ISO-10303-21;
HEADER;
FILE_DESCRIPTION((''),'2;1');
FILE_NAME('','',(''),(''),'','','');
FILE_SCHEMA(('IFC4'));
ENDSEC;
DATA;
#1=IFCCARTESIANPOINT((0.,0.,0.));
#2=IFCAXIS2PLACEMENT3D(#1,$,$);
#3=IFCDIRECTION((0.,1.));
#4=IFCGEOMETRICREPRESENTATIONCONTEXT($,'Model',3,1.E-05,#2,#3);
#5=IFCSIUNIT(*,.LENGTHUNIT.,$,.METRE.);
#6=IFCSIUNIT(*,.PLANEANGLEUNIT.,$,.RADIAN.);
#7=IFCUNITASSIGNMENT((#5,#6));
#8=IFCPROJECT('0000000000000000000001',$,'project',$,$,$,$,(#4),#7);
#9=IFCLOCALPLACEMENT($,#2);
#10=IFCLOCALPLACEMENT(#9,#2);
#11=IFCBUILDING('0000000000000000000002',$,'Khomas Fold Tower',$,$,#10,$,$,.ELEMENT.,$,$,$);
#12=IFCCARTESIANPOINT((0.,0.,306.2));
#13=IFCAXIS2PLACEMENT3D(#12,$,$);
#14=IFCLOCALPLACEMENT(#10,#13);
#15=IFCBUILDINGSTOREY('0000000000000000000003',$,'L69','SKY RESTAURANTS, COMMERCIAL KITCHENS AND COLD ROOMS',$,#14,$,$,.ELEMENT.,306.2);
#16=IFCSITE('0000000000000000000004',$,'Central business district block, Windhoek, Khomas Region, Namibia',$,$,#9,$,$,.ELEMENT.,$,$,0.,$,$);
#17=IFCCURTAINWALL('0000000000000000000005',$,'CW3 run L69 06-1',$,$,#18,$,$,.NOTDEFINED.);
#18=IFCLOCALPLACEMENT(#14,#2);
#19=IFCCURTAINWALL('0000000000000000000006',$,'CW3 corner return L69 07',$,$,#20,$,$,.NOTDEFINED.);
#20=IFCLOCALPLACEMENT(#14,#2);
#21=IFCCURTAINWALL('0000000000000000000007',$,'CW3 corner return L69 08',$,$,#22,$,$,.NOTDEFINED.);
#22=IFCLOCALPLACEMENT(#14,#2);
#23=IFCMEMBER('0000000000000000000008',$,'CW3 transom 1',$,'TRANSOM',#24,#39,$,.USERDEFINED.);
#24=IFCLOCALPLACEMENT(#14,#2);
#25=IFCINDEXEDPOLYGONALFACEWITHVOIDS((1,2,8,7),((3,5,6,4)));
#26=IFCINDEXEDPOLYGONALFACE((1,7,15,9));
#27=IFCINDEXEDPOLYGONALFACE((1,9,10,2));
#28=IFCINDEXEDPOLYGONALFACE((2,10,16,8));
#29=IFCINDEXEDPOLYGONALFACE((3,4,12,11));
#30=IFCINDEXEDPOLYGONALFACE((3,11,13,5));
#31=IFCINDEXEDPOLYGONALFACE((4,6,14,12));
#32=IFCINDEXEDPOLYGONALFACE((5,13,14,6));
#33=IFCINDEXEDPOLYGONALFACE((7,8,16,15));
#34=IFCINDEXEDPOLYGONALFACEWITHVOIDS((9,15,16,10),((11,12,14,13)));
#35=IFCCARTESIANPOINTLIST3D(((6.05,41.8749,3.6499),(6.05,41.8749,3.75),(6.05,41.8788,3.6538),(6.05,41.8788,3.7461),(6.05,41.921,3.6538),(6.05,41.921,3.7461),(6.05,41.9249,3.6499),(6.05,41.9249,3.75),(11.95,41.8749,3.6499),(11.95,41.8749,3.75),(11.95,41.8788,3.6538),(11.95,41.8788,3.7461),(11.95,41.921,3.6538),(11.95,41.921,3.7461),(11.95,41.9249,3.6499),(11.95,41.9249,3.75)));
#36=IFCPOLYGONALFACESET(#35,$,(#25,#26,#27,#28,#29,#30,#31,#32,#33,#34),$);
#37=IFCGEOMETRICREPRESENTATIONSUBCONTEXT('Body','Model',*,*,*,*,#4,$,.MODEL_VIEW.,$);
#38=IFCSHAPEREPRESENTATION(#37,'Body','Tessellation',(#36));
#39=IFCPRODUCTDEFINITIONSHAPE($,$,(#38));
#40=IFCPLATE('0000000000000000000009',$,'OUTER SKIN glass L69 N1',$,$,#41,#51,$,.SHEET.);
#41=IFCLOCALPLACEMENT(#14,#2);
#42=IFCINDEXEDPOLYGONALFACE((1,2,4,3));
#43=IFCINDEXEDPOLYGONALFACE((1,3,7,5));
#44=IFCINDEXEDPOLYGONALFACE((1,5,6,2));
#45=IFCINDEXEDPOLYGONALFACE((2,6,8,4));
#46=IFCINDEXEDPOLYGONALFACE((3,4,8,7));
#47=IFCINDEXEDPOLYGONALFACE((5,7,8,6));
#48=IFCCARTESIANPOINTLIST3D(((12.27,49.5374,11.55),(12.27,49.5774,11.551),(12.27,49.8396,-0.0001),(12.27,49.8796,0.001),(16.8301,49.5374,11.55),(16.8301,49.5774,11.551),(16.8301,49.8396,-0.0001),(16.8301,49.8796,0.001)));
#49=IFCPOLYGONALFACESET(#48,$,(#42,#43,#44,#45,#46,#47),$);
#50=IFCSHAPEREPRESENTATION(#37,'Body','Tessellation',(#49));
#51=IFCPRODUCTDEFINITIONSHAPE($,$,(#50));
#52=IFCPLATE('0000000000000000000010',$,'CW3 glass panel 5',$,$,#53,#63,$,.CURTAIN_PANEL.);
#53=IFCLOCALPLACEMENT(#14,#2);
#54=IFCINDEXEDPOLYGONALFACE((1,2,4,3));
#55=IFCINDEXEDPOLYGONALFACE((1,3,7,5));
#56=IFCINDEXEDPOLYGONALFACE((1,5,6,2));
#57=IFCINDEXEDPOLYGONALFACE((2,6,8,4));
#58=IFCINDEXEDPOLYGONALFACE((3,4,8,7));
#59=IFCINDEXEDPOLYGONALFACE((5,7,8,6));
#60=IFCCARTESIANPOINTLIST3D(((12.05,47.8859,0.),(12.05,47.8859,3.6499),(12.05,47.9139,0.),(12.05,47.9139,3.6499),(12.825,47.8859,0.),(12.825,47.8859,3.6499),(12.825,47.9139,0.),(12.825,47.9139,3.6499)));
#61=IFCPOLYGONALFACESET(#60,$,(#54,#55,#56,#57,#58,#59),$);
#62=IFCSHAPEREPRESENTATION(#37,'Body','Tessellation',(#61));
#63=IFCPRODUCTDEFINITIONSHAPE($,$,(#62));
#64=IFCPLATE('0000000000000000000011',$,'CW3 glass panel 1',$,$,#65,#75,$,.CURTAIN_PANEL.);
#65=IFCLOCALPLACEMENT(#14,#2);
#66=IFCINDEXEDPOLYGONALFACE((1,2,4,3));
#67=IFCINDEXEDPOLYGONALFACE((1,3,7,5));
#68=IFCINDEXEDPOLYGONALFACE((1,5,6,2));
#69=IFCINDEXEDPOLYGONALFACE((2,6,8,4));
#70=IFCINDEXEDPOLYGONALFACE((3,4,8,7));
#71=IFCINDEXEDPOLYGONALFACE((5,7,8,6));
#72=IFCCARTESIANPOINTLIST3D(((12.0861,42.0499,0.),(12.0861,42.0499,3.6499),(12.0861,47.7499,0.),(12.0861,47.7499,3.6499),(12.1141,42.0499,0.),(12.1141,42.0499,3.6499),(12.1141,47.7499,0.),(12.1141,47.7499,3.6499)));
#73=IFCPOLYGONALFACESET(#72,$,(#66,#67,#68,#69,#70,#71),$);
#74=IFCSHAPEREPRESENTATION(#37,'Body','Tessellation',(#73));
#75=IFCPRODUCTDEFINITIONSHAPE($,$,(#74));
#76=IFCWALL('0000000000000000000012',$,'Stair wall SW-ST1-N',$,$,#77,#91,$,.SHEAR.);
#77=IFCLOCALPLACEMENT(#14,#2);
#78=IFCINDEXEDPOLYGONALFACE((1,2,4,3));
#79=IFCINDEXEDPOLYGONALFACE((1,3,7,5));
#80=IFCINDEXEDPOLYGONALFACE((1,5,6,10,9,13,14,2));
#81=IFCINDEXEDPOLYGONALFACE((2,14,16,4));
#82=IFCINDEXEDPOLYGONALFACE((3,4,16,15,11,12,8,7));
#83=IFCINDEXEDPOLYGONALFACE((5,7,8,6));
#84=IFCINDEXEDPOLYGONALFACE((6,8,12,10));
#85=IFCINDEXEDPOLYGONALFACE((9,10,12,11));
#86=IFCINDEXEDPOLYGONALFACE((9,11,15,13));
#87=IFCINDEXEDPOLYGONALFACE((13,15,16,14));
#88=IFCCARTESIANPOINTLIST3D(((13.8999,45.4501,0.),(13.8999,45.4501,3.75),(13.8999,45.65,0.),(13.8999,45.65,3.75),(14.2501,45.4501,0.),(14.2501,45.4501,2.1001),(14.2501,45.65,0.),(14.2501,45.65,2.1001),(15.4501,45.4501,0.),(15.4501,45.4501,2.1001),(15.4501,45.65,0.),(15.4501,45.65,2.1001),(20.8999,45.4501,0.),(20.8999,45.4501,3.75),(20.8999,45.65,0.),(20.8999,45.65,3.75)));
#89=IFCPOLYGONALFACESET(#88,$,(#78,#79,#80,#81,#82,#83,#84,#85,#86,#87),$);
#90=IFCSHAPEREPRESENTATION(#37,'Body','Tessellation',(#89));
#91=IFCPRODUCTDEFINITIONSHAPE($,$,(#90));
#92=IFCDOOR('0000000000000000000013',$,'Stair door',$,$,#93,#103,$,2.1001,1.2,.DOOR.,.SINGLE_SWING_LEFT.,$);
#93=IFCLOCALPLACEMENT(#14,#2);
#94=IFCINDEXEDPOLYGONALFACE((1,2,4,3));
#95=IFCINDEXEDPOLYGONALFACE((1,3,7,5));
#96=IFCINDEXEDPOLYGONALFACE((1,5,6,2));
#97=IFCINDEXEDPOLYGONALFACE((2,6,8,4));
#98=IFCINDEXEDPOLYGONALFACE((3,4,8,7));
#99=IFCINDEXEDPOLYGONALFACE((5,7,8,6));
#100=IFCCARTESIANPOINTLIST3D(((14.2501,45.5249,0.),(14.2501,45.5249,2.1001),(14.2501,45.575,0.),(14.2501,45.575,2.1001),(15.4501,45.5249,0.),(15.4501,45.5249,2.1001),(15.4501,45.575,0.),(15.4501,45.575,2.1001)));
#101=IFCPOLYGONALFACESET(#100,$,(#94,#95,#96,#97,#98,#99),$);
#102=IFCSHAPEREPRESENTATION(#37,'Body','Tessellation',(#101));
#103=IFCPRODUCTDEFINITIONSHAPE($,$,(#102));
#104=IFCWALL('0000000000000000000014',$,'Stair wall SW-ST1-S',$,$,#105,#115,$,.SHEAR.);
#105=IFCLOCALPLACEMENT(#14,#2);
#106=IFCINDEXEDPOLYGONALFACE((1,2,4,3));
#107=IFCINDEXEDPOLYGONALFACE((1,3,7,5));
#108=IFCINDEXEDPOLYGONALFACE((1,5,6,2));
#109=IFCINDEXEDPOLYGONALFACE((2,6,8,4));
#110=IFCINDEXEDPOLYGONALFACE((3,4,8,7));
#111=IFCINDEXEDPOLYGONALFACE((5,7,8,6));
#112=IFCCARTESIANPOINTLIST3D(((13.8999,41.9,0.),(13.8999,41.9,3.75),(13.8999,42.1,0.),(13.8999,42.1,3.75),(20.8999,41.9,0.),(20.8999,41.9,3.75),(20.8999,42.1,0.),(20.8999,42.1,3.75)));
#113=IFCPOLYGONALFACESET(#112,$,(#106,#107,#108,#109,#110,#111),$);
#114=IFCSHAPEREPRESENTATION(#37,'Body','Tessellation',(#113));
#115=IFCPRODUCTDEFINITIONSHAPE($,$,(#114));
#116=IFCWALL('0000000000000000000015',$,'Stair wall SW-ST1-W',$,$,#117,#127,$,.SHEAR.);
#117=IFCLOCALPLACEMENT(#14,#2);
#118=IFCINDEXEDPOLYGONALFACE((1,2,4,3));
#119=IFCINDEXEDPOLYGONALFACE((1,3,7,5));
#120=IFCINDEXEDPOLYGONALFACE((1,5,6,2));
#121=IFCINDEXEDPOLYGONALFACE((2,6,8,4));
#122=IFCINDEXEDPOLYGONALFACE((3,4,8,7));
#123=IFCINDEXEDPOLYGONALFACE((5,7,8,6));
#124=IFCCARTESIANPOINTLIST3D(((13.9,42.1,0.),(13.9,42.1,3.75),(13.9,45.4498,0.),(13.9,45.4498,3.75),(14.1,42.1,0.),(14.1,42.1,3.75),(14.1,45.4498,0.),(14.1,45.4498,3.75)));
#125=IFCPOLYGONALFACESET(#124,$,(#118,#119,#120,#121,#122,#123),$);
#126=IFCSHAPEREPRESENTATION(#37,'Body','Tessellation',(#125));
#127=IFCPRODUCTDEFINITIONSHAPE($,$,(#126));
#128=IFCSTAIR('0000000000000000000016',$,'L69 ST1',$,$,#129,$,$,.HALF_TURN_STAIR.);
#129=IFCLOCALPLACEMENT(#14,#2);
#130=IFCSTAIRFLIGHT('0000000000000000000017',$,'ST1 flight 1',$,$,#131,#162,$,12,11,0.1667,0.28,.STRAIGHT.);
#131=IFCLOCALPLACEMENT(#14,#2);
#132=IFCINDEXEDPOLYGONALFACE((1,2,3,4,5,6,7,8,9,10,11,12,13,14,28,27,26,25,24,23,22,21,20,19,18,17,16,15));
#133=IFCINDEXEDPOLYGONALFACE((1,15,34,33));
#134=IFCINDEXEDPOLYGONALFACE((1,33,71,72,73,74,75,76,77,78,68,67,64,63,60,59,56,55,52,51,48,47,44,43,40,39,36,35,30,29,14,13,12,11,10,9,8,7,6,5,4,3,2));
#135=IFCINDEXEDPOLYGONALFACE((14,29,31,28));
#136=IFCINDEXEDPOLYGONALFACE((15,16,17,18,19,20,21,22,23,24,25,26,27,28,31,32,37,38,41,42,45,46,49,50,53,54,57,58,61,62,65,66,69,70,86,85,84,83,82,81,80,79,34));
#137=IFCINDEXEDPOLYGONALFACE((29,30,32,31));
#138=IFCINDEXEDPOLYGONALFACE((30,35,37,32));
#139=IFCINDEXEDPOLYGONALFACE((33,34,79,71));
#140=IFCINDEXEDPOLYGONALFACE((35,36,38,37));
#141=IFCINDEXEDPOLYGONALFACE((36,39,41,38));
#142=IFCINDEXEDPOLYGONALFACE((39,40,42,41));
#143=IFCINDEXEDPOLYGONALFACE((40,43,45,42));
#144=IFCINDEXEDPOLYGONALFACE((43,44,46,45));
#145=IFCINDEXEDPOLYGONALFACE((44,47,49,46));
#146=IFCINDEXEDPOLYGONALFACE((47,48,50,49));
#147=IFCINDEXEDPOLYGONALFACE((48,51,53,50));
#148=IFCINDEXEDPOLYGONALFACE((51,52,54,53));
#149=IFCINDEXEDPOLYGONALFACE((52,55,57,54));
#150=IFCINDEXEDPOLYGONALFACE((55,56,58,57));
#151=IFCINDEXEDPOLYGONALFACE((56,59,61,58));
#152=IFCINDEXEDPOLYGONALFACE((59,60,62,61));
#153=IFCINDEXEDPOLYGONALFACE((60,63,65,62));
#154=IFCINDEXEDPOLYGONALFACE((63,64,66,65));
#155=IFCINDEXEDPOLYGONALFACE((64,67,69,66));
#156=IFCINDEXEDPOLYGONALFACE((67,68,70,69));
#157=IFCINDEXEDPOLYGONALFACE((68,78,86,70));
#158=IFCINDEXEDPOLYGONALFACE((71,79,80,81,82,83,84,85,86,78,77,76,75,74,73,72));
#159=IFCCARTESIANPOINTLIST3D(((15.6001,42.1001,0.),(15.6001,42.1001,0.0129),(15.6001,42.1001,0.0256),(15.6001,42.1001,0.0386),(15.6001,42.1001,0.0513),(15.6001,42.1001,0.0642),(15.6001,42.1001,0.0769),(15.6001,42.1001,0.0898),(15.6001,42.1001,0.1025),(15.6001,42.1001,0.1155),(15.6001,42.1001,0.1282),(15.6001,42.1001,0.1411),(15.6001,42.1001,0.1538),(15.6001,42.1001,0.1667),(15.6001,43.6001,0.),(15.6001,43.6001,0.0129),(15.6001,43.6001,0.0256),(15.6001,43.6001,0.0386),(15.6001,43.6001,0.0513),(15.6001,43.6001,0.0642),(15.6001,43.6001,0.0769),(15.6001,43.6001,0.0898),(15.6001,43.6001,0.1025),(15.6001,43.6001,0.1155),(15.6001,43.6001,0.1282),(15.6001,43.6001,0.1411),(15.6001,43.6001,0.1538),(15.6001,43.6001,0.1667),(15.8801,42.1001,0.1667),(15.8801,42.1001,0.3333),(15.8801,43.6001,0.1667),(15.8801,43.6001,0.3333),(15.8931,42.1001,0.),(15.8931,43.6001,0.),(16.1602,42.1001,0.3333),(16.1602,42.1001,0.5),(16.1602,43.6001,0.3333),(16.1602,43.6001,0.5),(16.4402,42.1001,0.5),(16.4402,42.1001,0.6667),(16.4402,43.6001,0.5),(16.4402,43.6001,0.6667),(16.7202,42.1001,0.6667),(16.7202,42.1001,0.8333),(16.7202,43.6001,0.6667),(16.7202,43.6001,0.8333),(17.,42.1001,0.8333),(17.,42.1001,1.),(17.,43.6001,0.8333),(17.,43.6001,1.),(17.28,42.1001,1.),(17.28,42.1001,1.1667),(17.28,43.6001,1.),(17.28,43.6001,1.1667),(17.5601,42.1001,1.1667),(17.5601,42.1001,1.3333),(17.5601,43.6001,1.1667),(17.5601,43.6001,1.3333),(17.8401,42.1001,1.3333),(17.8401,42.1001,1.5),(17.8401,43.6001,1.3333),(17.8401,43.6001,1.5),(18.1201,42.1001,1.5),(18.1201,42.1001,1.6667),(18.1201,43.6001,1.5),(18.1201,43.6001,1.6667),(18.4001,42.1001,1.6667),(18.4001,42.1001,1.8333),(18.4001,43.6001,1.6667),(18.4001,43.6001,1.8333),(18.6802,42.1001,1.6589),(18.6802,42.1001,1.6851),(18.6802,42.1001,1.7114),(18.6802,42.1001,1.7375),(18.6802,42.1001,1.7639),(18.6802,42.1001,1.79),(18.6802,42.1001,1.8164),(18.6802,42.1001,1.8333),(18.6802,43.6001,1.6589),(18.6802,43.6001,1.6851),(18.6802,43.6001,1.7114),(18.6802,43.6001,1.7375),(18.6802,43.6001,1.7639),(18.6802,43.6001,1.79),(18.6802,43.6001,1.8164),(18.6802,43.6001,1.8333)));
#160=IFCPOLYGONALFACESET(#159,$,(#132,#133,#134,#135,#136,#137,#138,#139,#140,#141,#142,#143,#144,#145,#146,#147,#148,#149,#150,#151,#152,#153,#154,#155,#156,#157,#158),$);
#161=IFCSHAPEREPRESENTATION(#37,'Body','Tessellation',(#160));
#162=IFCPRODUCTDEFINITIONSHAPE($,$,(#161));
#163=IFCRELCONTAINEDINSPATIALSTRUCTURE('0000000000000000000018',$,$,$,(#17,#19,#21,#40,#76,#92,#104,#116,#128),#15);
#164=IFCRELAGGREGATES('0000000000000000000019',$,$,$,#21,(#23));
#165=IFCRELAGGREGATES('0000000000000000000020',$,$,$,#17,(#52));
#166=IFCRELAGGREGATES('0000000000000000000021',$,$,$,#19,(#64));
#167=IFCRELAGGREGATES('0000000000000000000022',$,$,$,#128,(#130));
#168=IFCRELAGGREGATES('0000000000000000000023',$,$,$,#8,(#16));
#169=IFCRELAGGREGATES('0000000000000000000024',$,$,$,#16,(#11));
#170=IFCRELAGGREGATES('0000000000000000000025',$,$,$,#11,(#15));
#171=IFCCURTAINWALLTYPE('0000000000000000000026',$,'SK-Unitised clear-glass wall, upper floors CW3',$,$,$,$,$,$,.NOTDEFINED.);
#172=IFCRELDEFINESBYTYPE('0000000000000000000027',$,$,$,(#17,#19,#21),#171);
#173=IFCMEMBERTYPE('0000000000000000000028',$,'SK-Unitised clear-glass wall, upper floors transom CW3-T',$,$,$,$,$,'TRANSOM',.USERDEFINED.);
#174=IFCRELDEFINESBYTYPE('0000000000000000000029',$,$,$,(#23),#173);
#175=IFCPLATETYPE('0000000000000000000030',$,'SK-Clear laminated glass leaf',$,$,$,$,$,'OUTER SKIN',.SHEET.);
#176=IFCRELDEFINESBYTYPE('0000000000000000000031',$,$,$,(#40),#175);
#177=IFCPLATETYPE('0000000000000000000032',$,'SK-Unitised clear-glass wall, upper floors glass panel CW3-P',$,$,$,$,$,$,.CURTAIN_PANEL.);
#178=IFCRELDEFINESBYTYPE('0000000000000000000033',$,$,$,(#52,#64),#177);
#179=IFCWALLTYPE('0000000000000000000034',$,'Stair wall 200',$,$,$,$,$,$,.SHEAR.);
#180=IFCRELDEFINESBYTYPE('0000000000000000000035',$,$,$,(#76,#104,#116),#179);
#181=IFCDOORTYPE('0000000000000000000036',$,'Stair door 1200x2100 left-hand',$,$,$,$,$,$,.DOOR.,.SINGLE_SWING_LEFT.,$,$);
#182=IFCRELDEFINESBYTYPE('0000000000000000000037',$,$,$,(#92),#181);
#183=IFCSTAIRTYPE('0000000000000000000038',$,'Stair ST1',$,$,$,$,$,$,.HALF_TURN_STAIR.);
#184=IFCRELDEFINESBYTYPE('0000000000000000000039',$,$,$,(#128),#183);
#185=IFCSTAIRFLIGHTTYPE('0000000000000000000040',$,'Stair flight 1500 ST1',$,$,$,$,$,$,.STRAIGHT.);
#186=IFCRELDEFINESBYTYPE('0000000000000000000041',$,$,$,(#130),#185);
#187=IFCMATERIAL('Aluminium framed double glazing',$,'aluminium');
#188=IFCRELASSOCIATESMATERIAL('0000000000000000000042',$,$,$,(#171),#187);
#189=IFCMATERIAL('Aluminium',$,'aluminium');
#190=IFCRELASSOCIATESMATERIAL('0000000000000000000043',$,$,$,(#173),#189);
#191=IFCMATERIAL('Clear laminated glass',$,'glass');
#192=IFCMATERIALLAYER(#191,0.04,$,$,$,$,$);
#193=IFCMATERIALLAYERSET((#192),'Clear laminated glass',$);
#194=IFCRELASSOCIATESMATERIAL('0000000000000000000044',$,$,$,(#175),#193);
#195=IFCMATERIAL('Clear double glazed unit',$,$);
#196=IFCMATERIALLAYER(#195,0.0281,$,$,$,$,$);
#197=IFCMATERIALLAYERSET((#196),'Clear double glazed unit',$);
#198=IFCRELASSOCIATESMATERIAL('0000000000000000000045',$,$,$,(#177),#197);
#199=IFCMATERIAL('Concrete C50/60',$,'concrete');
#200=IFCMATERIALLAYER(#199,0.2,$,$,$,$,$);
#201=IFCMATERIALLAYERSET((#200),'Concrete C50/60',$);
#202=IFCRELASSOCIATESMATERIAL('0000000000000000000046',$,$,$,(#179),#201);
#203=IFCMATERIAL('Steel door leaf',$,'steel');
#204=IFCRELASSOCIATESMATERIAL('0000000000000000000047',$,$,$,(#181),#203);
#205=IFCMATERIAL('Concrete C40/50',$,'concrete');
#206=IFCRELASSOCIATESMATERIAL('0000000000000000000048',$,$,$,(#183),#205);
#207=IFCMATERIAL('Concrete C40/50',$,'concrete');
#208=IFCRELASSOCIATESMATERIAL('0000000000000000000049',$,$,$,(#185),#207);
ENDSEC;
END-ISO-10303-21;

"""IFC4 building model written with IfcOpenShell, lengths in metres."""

from ifc_helpers import new_model, si_unit, direction, frame, frame_2d, origin, origin_2d, place, context, subcontext, project, spatial, polyline, rectangle, hollow_rectangle, outline, extrude, source, transform, mapped, material, layer, layer_set, material_profile, profile_set, type_object, element, fill, aggregate, save


model = new_model("IFC4")

# Units and contexts
model_context = context("Model", 3, precision=1e-05, world=origin(), true_north=direction((0.0, 1.0)))
body_context = subcontext(model_context, "Body", "Model", "MODEL_VIEW")
ifc_project = project(units=[si_unit("LENGTHUNIT", "METRE"), si_unit("PLANEANGLEUNIT", "RADIAN")], contexts=[model_context])

# Site, building, storey
site_placement = place(None, origin())
site = spatial("IfcSite", under=ifc_project, at=site_placement, Name="Central business district block, Windhoek, Khomas Region, Namibia", CompositionType="ELEMENT", RefElevation=0.0)
building_placement = place(site_placement, origin())
building = spatial("IfcBuilding", under=site, at=building_placement, Name="Khomas Fold Tower", CompositionType="ELEMENT")
storey_placement = place(building_placement, frame((0.0, 0.0, 306.2)))
storey = spatial("IfcBuildingStorey", under=building, at=storey_placement, Name="L69", Description="SKY RESTAURANTS, COMMERCIAL KITCHENS AND COLD ROOMS", CompositionType="ELEMENT", Elevation=306.2)

# Curtain walls
ifc_material_1 = material(Name="Aluminium framed double glazing", Category="aluminium")
curtain_wall_type = type_object("IfcCurtainWallType", Name="SK-Unitised clear-glass wall, upper floors CW3", PredefinedType="NOTDEFINED", material=ifc_material_1)
curtain_wall_1_placement = place(storey_placement, origin())
curtain_wall_1 = element("IfcCurtainWall", 1, at=curtain_wall_1_placement, inside=storey, type_object=curtain_wall_type, Name="CW3 run L69 06-1", PredefinedType="NOTDEFINED")
curtain_wall_2_placement = place(storey_placement, origin())
curtain_wall_2 = element("IfcCurtainWall", 2, at=curtain_wall_2_placement, inside=storey, type_object=curtain_wall_type, Name="CW3 corner return L69 07", PredefinedType="NOTDEFINED")

# Curtain wall
curtain_wall_3_placement = place(storey_placement, origin())
curtain_wall_3 = element("IfcCurtainWall", 3, at=curtain_wall_3_placement, inside=storey, type_object=curtain_wall_type, Name="CW3 corner return L69 08", PredefinedType="NOTDEFINED")

# Member
ifc_material_2 = material(Name="Aluminium", Category="aluminium")
ifc_material_profile_1 = material_profile(ifc_material_2, hollow_rectangle(XDim=0.05, YDim=0.1001, WallThickness=0.0039, at=origin_2d()), Name="SK-Unitised clear-glass wall, upper floors transom CW3-T")
ifc_profile_set_1 = profile_set([ifc_material_profile_1], Name="Aluminium")
member_type_1 = type_object("IfcMemberType", Name="SK-Unitised clear-glass wall, upper floors transom CW3-T", ElementType="TRANSOM", PredefinedType="USERDEFINED", material=ifc_profile_set_1)
shared_shape_1 = source(origin(), body_context, "Body", "SweptSolid", [
    extrude(hollow_rectangle(XDim=0.05, YDim=0.1001, WallThickness=0.0039, at=origin_2d()), origin(), (0.0, 0.0, 1.0), 5.8999),
])
member_1_placement = place(storey_placement, frame((11.95, 41.8999, 3.7), z_axis=(-1.0, 0.0, 0.0), x_axis=(0.0, -1.0, 0.0)))
member_1 = element("IfcMember", 4, at=member_1_placement, type_object=member_type_1, Name="CW3 transom 1", ObjectType="TRANSOM", PredefinedType="USERDEFINED", context=body_context, shape_type="MappedRepresentation", body=[
    mapped(shared_shape_1, transform((0.0, 0.0, 0.0))),
])
aggregate(curtain_wall_3, [member_1])

# Plates
ifc_material_3 = material(Name="Clear laminated glass", Category="glass")
ifc_layer_1 = layer(ifc_material_3, 0.04)
ifc_layer_set_1 = layer_set([ifc_layer_1], Name="Clear laminated glass")
plate_type_1 = type_object("IfcPlateType", Name="SK-Clear laminated glass leaf", ElementType="OUTER SKIN", PredefinedType="SHEET", material=ifc_layer_set_1)
plate_1_placement = place(storey_placement, frame((12.27, 49.8796, 0.001), z_axis=(0.0, 0.999658, 0.026159), x_axis=(1.0, 0.0, 0.0)))
element("IfcPlate", 5, at=plate_1_placement, inside=storey, type_object=plate_type_1, Name="OUTER SKIN glass L69 N1", PredefinedType="SHEET", context=body_context, shape_type="SweptSolid", body=[
    extrude(outline(polyline([(0.0, 0.0), (4.5601, 0.0), (4.5601, -11.554), (0.0, -11.554), (0.0, 0.0)])), origin(), (0.0, 0.0, -1.0), 0.04),
])
ifc_material_4 = material(Name="Clear double glazed unit")
ifc_layer_2 = layer(ifc_material_4, 0.0281)
ifc_layer_set_2 = layer_set([ifc_layer_2], Name="Clear double glazed unit")
plate_type_2 = type_object("IfcPlateType", Name="SK-Unitised clear-glass wall, upper floors glass panel CW3-P", PredefinedType="CURTAIN_PANEL", material=ifc_layer_set_2)
shared_shape_2 = source(origin(), body_context, "Body", "SweptSolid", [
    extrude(rectangle(XDim=0.7749, YDim=0.0281, at=origin_2d()), origin(), (0.0, 0.0, 1.0), 3.6499),
])
plate_2_placement = place(storey_placement, frame((12.4375, 47.8999, 0.0), z_axis=(0.0, 0.0, 1.0), x_axis=(-1.0, 0.0, 0.0)))
plate_2 = element("IfcPlate", 6, at=plate_2_placement, type_object=plate_type_2, Name="CW3 glass panel 5", PredefinedType="CURTAIN_PANEL", context=body_context, shape_type="MappedRepresentation", body=[
    mapped(shared_shape_2, transform((0.0, 0.0, 0.0))),
])
aggregate(curtain_wall_1, [plate_2])
shared_shape_3 = source(origin(), body_context, "Body", "SweptSolid", [
    extrude(rectangle(XDim=5.7, YDim=0.0281, at=origin_2d()), origin(), (0.0, 0.0, 1.0), 3.6499),
])
plate_3_placement = place(storey_placement, frame((12.1001, 44.8999, 0.0), z_axis=(0.0, 0.0, 1.0), x_axis=(0.0, -1.0, 0.0)))
plate_3 = element("IfcPlate", 7, at=plate_3_placement, type_object=plate_type_2, Name="CW3 glass panel 1", PredefinedType="CURTAIN_PANEL", context=body_context, shape_type="MappedRepresentation", body=[
    mapped(shared_shape_3, transform((0.0, 0.0, 0.0))),
])
aggregate(curtain_wall_2, [plate_3])

# Wall, opening, door
ifc_material_5 = material(Name="Concrete C50/60", Category="concrete")
ifc_layer_3 = layer(ifc_material_5, 0.2)
ifc_layer_set_3 = layer_set([ifc_layer_3], Name="Concrete C50/60")
wall_type = type_object("IfcWallType", Name="Stair wall 200", PredefinedType="SHEAR", material=ifc_layer_set_3)
shared_shape_4 = source(origin(), body_context, "Body", "SweptSolid", [
    extrude(rectangle(XDim=7.0, YDim=0.2, at=frame_2d((3.5, 0.0))), origin(), (0.0, 0.0, 1.0), 3.75),
])
wall_1_placement = place(storey_placement, frame((13.8999, 45.55, 0.0), z_axis=(0.0, 0.0, 1.0), x_axis=(1.0, 0.0, 0.0)))
wall_1 = element("IfcWall", 8, at=wall_1_placement, inside=storey, type_object=wall_type, Name="Stair wall SW-ST1-N", PredefinedType="SHEAR", context=body_context, shape_type="MappedRepresentation", body=[
    mapped(shared_shape_4, transform((0.0, 0.0, 0.0))),
])
shared_shape_5 = source(origin(), body_context, "Body", "SweptSolid", [
    extrude(rectangle(XDim=1.2, YDim=2.1001, at=frame_2d((0.6001, 1.05))), frame((0.0, 0.1099, 0.0), z_axis=(0.0, -1.0, 0.0), x_axis=(1.0, 0.0, 0.0)), (0.0, 0.0, 1.0), 0.22),
])
opening_placement = place(wall_1_placement, frame((0.3501, 0.0, 0.0)))
opening = element("IfcOpeningElement", 9, at=opening_placement, cuts=wall_1, PredefinedType="OPENING", context=body_context, shape_type="MappedRepresentation", body=[
    mapped(shared_shape_5, transform((0.0, 0.0, 0.0))),
])
ifc_material_6 = material(Name="Steel door leaf", Category="steel")
door_type = type_object("IfcDoorType", Name="Stair door 1200x2100 left-hand", OperationType="SINGLE_SWING_LEFT", PredefinedType="DOOR", material=ifc_material_6)
shared_shape_6 = source(origin(), body_context, "Body", "SweptSolid", [
    extrude(rectangle(XDim=1.2, YDim=2.1001, at=frame_2d((0.6001, 1.05))), frame((0.0, 0.0249, 0.0), z_axis=(0.0, -1.0, 0.0), x_axis=(1.0, 0.0, 0.0)), (0.0, 0.0, 1.0), 0.05),
])
door_placement = place(opening_placement, origin())
door = element("IfcDoor", 10, at=door_placement, inside=storey, type_object=door_type, Name="Stair door", OperationType="SINGLE_SWING_LEFT", OverallHeight=2.1001, OverallWidth=1.2, PredefinedType="DOOR", context=body_context, shape_type="MappedRepresentation", body=[
    mapped(shared_shape_6, transform((0.0, 0.0, 0.0))),
])
fill(opening, door)

# Walls
wall_2_placement = place(storey_placement, frame((13.8999, 42.0, 0.0), z_axis=(0.0, 0.0, 1.0), x_axis=(1.0, 0.0, 0.0)))
element("IfcWall", 11, at=wall_2_placement, inside=storey, type_object=wall_type, Name="Stair wall SW-ST1-S", PredefinedType="SHEAR", context=body_context, shape_type="MappedRepresentation", body=[
    mapped(shared_shape_4, transform((0.0, 0.0, 0.0))),
])
shared_shape_7 = source(origin(), body_context, "Body", "SweptSolid", [
    extrude(rectangle(XDim=3.3499, YDim=0.2, at=frame_2d((1.6748, 0.0))), origin(), (0.0, 0.0, 1.0), 3.75),
])
wall_3_placement = place(storey_placement, frame((14.0, 42.1001, 0.0), z_axis=(0.0, 0.0, 1.0), x_axis=(0.0, 1.0, 0.0)))
element("IfcWall", 12, at=wall_3_placement, inside=storey, type_object=wall_type, Name="Stair wall SW-ST1-W", PredefinedType="SHEAR", context=body_context, shape_type="MappedRepresentation", body=[
    mapped(shared_shape_7, transform((0.0, 0.0, 0.0))),
])

# Stair, stair flight
ifc_material_7 = material(Name="Concrete C40/50", Category="concrete")
stair_type = type_object("IfcStairType", Name="Stair ST1", PredefinedType="HALF_TURN_STAIR", material=ifc_material_7)
stair_placement = place(storey_placement, origin())
stair = element("IfcStair", 13, at=stair_placement, inside=storey, type_object=stair_type, Name="L69 ST1", PredefinedType="HALF_TURN_STAIR")
ifc_material_8 = material(Name="Concrete C40/50", Category="concrete")
stair_flight_type = type_object("IfcStairFlightType", Name="Stair flight 1500 ST1", PredefinedType="STRAIGHT", material=ifc_material_8)
shared_shape_8 = source(origin(), body_context, "Body", "SweptSolid", [
    extrude(outline(polyline([(0.0, 0.0), (0.0, 0.0129), (0.0, 0.0256), (0.0, 0.0386), (0.0, 0.0513), (0.0, 0.0642), (0.0, 0.0769), (0.0, 0.0898), (0.0, 0.1025), (0.0, 0.1155), (0.0, 0.1282), (0.0, 0.1411), (0.0, 0.1538), (0.0, 0.1667), (0.28, 0.1667), (0.28, 0.3333), (0.5601, 0.3333), (0.5601, 0.5), (0.8401, 0.5), (0.8401, 0.6667), (1.1201, 0.6667), (1.1201, 0.8333), (1.3999, 0.8333), (1.3999, 1.0), (1.6799, 1.0), (1.6799, 1.1667), (1.96, 1.1667), (1.96, 1.3333), (2.24, 1.3333), (2.24, 1.5), (2.52, 1.5), (2.52, 1.6667), (2.8, 1.6667), (2.8, 1.8333), (3.0801, 1.8333), (3.0801, 2.0), (3.0801, 1.9739), (3.0801, 1.9475), (3.0801, 1.9214), (3.0801, 1.895), (3.0801, 1.8689), (3.0801, 1.8425), (3.0801, 1.8164), (3.0801, 1.79), (3.0801, 1.7639), (3.0801, 1.7375), (3.0801, 1.7114), (3.0801, 1.6851), (3.0801, 1.6589), (0.293, 0.0), (0.0, 0.0)])), frame((0.0, 0.75, 0.0), z_axis=(0.0, -1.0, 0.0), x_axis=(1.0, 0.0, 0.0)), (0.0, 0.0, 1.0), 1.5),
])
stair_flight_placement = place(storey_placement, frame((15.6001, 42.8501, 0.0), z_axis=(0.0, 0.0, 1.0), x_axis=(1.0, 0.0, 0.0)))
stair_flight = element("IfcStairFlight", 14, at=stair_flight_placement, type_object=stair_flight_type, Name="ST1 flight 1", NumberOfRisers=12, NumberOfTreads=11, PredefinedType="STRAIGHT", RiserHeight=0.1667, TreadLength=0.28, context=body_context, shape_type="MappedRepresentation", body=[
    mapped(shared_shape_8, transform((0.0, 0.0, 0.0))),
])
aggregate(stair, [stair_flight])

save(model, "model.ifc")
